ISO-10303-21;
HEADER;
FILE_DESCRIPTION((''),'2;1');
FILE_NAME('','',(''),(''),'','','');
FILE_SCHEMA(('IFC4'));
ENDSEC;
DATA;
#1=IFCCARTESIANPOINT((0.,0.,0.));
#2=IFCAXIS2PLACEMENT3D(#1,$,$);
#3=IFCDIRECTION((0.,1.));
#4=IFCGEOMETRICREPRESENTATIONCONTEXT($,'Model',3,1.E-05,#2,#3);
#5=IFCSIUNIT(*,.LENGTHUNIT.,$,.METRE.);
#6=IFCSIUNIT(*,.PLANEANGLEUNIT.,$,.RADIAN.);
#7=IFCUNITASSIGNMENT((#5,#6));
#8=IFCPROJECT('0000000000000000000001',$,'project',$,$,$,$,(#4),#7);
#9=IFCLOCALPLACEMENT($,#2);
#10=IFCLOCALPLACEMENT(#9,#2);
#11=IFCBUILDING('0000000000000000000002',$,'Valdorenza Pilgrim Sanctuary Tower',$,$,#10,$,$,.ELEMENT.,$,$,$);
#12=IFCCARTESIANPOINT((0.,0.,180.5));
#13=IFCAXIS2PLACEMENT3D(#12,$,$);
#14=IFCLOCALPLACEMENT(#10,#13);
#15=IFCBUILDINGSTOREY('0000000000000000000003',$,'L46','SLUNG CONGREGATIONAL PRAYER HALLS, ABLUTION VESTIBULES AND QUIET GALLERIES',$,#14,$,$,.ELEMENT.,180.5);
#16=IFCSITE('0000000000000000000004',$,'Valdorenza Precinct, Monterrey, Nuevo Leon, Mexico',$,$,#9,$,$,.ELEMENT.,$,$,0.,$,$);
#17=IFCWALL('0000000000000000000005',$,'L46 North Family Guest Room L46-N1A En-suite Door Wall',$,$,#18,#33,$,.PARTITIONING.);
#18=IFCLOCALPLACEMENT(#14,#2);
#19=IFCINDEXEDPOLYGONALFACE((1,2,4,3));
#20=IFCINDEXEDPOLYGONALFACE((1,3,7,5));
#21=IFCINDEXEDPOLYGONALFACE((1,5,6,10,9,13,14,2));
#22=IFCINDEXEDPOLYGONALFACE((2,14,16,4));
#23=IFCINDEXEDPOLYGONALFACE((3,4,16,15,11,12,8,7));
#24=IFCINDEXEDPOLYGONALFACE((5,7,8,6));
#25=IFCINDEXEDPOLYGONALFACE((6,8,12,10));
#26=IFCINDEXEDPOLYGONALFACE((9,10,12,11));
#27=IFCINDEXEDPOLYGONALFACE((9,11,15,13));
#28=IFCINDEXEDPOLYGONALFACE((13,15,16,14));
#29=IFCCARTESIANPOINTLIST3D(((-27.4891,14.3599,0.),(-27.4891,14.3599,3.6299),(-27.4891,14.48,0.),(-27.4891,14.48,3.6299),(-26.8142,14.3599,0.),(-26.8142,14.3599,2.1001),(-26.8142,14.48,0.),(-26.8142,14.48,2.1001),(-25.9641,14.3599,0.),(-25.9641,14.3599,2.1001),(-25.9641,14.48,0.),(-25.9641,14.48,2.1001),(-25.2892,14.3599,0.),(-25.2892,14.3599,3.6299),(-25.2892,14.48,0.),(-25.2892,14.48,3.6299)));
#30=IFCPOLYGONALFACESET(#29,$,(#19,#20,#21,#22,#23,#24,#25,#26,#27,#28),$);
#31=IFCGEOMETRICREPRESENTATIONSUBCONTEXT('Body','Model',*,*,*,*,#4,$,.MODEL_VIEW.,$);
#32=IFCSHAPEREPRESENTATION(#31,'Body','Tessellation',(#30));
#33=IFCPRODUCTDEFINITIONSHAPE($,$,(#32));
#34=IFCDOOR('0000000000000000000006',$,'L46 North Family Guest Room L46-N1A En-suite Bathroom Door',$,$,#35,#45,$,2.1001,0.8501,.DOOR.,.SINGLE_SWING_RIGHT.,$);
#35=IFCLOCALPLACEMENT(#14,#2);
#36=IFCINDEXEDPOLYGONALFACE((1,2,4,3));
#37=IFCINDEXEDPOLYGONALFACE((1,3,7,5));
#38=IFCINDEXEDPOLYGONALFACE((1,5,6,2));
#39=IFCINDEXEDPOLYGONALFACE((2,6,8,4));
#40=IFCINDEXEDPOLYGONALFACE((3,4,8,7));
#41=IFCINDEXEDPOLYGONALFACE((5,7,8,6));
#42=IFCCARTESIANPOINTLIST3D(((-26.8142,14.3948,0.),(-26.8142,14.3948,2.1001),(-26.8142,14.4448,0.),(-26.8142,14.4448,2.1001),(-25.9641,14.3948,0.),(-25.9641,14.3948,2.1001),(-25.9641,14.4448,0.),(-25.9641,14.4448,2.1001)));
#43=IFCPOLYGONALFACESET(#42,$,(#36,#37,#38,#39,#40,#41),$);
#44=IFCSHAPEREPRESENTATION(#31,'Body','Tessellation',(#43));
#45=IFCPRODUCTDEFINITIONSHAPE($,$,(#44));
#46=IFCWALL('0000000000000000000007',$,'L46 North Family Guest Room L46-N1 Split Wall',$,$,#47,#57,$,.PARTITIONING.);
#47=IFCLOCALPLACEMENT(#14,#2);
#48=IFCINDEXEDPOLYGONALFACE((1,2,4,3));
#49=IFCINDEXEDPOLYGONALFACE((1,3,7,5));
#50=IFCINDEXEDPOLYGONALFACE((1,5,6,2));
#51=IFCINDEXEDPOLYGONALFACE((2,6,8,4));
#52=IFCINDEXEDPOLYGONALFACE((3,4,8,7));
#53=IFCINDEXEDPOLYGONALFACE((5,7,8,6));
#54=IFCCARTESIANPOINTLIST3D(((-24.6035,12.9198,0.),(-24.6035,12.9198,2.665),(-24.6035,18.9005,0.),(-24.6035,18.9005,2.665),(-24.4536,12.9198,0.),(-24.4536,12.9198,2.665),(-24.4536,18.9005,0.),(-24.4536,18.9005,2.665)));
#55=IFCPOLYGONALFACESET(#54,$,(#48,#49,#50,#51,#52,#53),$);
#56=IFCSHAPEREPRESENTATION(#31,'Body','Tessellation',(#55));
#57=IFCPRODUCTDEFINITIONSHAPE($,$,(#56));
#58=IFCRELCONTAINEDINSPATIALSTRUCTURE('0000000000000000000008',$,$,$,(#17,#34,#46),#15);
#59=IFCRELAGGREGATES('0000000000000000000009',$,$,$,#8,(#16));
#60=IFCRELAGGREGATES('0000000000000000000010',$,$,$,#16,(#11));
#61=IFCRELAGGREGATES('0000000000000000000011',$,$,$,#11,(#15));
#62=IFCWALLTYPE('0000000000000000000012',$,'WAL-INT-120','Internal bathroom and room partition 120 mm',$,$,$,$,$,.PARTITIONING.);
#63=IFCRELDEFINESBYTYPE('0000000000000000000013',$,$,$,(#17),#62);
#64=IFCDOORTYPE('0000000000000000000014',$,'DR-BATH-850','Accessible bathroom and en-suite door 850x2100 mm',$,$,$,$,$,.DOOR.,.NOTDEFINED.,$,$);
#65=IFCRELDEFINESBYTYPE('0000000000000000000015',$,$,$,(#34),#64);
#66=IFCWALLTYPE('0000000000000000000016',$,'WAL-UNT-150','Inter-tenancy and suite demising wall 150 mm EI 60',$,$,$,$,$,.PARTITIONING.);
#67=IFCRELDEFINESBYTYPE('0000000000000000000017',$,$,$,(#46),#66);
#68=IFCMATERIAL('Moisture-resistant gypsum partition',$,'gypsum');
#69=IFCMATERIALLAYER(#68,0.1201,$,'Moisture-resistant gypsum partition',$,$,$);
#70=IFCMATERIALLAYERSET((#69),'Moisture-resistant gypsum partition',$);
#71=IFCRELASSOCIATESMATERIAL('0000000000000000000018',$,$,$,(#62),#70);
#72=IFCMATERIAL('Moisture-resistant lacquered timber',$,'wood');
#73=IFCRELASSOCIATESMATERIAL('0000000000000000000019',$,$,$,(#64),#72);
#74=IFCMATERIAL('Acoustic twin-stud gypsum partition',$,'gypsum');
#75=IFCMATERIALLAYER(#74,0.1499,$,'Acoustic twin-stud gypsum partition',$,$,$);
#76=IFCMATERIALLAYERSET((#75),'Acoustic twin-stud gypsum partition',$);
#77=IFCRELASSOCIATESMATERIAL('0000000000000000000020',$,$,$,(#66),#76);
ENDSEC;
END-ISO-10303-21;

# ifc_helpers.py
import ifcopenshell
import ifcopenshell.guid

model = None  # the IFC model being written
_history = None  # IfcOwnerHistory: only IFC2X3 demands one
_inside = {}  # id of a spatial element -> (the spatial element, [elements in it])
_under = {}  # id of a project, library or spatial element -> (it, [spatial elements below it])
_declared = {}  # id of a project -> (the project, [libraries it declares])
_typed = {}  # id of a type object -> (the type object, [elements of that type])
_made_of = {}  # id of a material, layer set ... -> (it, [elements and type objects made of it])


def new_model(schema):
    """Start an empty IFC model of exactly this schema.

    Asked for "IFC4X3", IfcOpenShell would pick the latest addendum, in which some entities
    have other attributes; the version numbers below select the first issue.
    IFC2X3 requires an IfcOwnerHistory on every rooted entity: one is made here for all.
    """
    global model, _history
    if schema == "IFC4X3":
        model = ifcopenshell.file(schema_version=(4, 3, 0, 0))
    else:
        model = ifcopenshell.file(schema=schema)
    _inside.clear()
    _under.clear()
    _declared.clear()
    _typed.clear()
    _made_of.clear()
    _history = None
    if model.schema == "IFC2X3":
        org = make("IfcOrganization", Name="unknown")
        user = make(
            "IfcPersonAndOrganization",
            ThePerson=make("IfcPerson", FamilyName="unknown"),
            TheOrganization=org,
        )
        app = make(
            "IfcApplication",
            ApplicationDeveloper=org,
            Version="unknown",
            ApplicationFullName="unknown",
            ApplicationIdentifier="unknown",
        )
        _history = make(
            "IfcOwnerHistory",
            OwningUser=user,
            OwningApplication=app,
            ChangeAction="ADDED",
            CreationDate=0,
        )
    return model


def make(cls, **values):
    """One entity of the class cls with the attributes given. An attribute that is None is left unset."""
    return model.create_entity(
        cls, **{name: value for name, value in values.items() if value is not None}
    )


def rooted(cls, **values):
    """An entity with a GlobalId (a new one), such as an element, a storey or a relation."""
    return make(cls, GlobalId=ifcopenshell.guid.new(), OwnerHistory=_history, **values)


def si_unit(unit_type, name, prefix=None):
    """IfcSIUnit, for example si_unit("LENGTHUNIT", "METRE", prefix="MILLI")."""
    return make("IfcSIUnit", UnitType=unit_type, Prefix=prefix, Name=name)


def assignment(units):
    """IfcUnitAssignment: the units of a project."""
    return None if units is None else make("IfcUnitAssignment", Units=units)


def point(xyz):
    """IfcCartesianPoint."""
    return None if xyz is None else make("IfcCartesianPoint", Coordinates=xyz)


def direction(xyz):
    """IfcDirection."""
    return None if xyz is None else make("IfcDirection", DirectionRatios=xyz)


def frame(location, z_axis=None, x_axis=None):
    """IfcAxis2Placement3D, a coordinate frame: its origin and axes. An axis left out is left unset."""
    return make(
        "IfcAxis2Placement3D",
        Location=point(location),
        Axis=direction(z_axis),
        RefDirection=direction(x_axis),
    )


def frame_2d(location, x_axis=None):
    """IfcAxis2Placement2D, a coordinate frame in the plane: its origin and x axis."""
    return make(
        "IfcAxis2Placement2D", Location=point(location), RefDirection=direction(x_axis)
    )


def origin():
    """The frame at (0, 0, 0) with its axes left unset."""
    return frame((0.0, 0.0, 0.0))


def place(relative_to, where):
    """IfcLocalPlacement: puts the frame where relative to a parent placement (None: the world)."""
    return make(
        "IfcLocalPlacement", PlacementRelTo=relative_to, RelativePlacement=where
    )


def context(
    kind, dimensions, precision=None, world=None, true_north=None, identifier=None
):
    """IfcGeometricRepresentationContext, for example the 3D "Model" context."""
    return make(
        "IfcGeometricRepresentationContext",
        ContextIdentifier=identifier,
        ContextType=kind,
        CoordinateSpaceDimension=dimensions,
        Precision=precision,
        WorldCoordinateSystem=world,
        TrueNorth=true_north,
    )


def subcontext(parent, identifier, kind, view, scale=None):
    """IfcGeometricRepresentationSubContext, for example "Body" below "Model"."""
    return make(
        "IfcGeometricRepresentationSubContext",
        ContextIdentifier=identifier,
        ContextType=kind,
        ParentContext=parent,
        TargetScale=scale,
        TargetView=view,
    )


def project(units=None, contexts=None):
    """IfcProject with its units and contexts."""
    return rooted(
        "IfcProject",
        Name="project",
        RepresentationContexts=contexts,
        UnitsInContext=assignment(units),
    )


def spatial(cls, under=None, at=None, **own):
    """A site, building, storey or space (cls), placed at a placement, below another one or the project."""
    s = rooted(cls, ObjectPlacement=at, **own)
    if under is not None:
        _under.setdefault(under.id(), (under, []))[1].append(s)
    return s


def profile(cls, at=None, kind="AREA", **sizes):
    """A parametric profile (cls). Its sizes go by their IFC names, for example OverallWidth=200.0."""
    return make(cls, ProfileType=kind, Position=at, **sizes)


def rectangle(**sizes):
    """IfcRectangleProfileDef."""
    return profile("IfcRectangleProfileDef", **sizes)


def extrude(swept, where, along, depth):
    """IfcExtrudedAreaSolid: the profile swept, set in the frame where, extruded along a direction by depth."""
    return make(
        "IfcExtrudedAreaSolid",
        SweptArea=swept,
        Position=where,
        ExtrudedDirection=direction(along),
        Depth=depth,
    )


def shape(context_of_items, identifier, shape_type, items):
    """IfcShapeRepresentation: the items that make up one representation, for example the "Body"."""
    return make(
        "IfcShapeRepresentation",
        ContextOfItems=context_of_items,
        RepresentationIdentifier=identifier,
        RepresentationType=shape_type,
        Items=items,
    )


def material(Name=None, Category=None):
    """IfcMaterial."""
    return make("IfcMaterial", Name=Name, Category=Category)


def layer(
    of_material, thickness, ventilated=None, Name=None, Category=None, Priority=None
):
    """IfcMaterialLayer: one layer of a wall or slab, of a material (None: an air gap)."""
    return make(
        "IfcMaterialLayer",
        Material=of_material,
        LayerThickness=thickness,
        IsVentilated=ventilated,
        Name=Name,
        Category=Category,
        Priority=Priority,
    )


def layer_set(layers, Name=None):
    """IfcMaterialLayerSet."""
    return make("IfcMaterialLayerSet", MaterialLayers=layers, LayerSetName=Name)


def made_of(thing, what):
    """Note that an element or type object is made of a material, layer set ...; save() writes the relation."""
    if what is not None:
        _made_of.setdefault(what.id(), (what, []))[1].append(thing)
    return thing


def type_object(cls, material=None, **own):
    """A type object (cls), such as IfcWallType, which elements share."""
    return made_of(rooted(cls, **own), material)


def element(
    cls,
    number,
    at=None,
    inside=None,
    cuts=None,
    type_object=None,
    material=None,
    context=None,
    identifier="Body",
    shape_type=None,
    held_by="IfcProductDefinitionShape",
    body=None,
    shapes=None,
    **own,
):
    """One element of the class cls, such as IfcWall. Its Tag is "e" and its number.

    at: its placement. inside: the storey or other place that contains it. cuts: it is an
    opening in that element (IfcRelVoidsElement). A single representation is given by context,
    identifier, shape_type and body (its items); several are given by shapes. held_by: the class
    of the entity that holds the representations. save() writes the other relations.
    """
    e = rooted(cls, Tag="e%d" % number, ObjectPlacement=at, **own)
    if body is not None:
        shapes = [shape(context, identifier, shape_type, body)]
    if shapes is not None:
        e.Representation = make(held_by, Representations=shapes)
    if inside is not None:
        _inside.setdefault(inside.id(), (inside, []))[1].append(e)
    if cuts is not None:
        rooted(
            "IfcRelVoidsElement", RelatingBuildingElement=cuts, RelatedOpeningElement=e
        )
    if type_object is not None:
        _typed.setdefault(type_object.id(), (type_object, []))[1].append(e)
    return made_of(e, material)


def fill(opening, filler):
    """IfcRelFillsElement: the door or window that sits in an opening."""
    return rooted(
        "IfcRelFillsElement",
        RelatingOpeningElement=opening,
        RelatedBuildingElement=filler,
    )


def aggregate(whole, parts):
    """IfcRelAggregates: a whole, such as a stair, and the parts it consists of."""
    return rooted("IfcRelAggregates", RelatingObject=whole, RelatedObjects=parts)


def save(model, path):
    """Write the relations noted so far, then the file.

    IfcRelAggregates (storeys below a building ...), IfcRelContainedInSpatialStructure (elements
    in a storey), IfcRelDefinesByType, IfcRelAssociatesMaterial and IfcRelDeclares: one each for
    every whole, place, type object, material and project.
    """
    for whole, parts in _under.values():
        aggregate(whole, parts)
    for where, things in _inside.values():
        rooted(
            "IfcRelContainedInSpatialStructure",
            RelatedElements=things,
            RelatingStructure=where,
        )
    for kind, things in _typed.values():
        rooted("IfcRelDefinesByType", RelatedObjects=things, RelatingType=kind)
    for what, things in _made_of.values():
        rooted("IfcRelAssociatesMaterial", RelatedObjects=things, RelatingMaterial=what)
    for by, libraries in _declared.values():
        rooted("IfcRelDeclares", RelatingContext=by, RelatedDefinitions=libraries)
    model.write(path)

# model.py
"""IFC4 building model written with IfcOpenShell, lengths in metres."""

from ifc_helpers import new_model, si_unit, direction, frame, frame_2d, origin, place, context, subcontext, project, spatial, rectangle, extrude, material, layer, layer_set, type_object, element, fill, save


model = new_model("IFC4")

# Units and contexts
model_context = context("Model", 3, precision=1e-05, world=origin(), true_north=direction((0.0, 1.0)))
body_context = subcontext(model_context, "Body", "Model", "MODEL_VIEW")
ifc_project = project(units=[si_unit("LENGTHUNIT", "METRE"), si_unit("PLANEANGLEUNIT", "RADIAN")], contexts=[model_context])

# Site, building, storey
site_placement = place(None, origin())
site = spatial("IfcSite", under=ifc_project, at=site_placement, Name="Valdorenza Precinct, Monterrey, Nuevo Leon, Mexico", CompositionType="ELEMENT", RefElevation=0.0)
building_placement = place(site_placement, origin())
building = spatial("IfcBuilding", under=site, at=building_placement, Name="Valdorenza Pilgrim Sanctuary Tower", CompositionType="ELEMENT")
storey_placement = place(building_placement, frame((0.0, 0.0, 180.5)))
storey = spatial("IfcBuildingStorey", under=building, at=storey_placement, Name="L46", Description="SLUNG CONGREGATIONAL PRAYER HALLS, ABLUTION VESTIBULES AND QUIET GALLERIES", CompositionType="ELEMENT", Elevation=180.5)

# Shared definitions
ifc_material_1 = material(Name="Acoustic twin-stud gypsum partition", Category="gypsum")

# Shared definitions
ifc_material_2 = material(Name="Moisture-resistant gypsum partition", Category="gypsum")
ifc_layer_1 = layer(ifc_material_2, 0.1201, Name="Moisture-resistant gypsum partition")
ifc_layer_set_1 = layer_set([ifc_layer_1], Name="Moisture-resistant gypsum partition")
wall_type_1 = type_object("IfcWallType", Name="WAL-INT-120", Description="Internal bathroom and room partition 120 mm", PredefinedType="PARTITIONING", material=ifc_layer_set_1)

# Wall, opening, door
wall_1_placement = place(storey_placement, frame((-27.4893, 14.4199, 0.0), z_axis=(0.0, 0.0, 1.0), x_axis=(1.0, 0.0, 0.0)))
wall_1 = element("IfcWall", 1, at=wall_1_placement, inside=storey, type_object=wall_type_1, Name="L46 North Family Guest Room L46-N1A En-suite Door Wall", PredefinedType="PARTITIONING", context=body_context, shape_type="SweptSolid", body=[
    extrude(rectangle(XDim=2.2, YDim=0.1201, at=frame_2d((1.1001, 0.0))), origin(), (0.0, 0.0, 1.0), 3.6299),
])
opening_1_placement = place(wall_1_placement, frame((0.675, 0.0, 0.0)))
opening_1 = element("IfcOpeningElement", 2, at=opening_1_placement, cuts=wall_1, PredefinedType="OPENING", context=body_context, shape_type="SweptSolid", body=[
    extrude(rectangle(XDim=0.8501, YDim=2.1001, at=frame_2d((0.425, 1.05))), frame((0.0, 0.075, 0.0), z_axis=(0.0, -1.0, 0.0), x_axis=(1.0, 0.0, 0.0)), (0.0, 0.0, 1.0), 0.1499),
])
ifc_material_3 = material(Name="Moisture-resistant lacquered timber", Category="wood")
door_type_1 = type_object("IfcDoorType", Name="DR-BATH-850", Description="Accessible bathroom and en-suite door 850x2100 mm", OperationType="NOTDEFINED", PredefinedType="DOOR", material=ifc_material_3)
door_1_placement = place(opening_1_placement, origin())
door_1 = element("IfcDoor", 3, at=door_1_placement, inside=storey, type_object=door_type_1, Name="L46 North Family Guest Room L46-N1A En-suite Bathroom Door", OperationType="SINGLE_SWING_RIGHT", OverallHeight=2.1001, OverallWidth=0.8501, PredefinedType="DOOR", context=body_context, shape_type="SweptSolid", body=[
    extrude(rectangle(XDim=0.8501, YDim=2.1001, at=frame_2d((0.425, 1.05))), frame((0.0, 0.0249, 0.0), z_axis=(0.0, -1.0, 0.0), x_axis=(1.0, 0.0, 0.0)), (0.0, 0.0, 1.0), 0.05),
])
fill(opening_1, door_1)

# Wall
ifc_layer_2 = layer(ifc_material_1, 0.1499, Name="Acoustic twin-stud gypsum partition")
ifc_layer_set_2 = layer_set([ifc_layer_2], Name="Acoustic twin-stud gypsum partition")
wall_type_2 = type_object("IfcWallType", Name="WAL-UNT-150", Description="Inter-tenancy and suite demising wall 150 mm EI 60", PredefinedType="PARTITIONING", material=ifc_layer_set_2)
wall_2_placement = place(storey_placement, frame((-24.5286, 12.9199, 0.0), z_axis=(0.0, 0.0, 1.0), x_axis=(0.0, 1.0, 0.0)))
element("IfcWall", 4, at=wall_2_placement, inside=storey, type_object=wall_type_2, Name="L46 North Family Guest Room L46-N1 Split Wall", PredefinedType="PARTITIONING", context=body_context, shape_type="SweptSolid", body=[
    extrude(rectangle(XDim=5.9807, YDim=0.1499, at=frame_2d((2.9902, 0.0))), origin(), (0.0, 0.0, 1.0), 2.665),
])

save(model, "model.ifc")
